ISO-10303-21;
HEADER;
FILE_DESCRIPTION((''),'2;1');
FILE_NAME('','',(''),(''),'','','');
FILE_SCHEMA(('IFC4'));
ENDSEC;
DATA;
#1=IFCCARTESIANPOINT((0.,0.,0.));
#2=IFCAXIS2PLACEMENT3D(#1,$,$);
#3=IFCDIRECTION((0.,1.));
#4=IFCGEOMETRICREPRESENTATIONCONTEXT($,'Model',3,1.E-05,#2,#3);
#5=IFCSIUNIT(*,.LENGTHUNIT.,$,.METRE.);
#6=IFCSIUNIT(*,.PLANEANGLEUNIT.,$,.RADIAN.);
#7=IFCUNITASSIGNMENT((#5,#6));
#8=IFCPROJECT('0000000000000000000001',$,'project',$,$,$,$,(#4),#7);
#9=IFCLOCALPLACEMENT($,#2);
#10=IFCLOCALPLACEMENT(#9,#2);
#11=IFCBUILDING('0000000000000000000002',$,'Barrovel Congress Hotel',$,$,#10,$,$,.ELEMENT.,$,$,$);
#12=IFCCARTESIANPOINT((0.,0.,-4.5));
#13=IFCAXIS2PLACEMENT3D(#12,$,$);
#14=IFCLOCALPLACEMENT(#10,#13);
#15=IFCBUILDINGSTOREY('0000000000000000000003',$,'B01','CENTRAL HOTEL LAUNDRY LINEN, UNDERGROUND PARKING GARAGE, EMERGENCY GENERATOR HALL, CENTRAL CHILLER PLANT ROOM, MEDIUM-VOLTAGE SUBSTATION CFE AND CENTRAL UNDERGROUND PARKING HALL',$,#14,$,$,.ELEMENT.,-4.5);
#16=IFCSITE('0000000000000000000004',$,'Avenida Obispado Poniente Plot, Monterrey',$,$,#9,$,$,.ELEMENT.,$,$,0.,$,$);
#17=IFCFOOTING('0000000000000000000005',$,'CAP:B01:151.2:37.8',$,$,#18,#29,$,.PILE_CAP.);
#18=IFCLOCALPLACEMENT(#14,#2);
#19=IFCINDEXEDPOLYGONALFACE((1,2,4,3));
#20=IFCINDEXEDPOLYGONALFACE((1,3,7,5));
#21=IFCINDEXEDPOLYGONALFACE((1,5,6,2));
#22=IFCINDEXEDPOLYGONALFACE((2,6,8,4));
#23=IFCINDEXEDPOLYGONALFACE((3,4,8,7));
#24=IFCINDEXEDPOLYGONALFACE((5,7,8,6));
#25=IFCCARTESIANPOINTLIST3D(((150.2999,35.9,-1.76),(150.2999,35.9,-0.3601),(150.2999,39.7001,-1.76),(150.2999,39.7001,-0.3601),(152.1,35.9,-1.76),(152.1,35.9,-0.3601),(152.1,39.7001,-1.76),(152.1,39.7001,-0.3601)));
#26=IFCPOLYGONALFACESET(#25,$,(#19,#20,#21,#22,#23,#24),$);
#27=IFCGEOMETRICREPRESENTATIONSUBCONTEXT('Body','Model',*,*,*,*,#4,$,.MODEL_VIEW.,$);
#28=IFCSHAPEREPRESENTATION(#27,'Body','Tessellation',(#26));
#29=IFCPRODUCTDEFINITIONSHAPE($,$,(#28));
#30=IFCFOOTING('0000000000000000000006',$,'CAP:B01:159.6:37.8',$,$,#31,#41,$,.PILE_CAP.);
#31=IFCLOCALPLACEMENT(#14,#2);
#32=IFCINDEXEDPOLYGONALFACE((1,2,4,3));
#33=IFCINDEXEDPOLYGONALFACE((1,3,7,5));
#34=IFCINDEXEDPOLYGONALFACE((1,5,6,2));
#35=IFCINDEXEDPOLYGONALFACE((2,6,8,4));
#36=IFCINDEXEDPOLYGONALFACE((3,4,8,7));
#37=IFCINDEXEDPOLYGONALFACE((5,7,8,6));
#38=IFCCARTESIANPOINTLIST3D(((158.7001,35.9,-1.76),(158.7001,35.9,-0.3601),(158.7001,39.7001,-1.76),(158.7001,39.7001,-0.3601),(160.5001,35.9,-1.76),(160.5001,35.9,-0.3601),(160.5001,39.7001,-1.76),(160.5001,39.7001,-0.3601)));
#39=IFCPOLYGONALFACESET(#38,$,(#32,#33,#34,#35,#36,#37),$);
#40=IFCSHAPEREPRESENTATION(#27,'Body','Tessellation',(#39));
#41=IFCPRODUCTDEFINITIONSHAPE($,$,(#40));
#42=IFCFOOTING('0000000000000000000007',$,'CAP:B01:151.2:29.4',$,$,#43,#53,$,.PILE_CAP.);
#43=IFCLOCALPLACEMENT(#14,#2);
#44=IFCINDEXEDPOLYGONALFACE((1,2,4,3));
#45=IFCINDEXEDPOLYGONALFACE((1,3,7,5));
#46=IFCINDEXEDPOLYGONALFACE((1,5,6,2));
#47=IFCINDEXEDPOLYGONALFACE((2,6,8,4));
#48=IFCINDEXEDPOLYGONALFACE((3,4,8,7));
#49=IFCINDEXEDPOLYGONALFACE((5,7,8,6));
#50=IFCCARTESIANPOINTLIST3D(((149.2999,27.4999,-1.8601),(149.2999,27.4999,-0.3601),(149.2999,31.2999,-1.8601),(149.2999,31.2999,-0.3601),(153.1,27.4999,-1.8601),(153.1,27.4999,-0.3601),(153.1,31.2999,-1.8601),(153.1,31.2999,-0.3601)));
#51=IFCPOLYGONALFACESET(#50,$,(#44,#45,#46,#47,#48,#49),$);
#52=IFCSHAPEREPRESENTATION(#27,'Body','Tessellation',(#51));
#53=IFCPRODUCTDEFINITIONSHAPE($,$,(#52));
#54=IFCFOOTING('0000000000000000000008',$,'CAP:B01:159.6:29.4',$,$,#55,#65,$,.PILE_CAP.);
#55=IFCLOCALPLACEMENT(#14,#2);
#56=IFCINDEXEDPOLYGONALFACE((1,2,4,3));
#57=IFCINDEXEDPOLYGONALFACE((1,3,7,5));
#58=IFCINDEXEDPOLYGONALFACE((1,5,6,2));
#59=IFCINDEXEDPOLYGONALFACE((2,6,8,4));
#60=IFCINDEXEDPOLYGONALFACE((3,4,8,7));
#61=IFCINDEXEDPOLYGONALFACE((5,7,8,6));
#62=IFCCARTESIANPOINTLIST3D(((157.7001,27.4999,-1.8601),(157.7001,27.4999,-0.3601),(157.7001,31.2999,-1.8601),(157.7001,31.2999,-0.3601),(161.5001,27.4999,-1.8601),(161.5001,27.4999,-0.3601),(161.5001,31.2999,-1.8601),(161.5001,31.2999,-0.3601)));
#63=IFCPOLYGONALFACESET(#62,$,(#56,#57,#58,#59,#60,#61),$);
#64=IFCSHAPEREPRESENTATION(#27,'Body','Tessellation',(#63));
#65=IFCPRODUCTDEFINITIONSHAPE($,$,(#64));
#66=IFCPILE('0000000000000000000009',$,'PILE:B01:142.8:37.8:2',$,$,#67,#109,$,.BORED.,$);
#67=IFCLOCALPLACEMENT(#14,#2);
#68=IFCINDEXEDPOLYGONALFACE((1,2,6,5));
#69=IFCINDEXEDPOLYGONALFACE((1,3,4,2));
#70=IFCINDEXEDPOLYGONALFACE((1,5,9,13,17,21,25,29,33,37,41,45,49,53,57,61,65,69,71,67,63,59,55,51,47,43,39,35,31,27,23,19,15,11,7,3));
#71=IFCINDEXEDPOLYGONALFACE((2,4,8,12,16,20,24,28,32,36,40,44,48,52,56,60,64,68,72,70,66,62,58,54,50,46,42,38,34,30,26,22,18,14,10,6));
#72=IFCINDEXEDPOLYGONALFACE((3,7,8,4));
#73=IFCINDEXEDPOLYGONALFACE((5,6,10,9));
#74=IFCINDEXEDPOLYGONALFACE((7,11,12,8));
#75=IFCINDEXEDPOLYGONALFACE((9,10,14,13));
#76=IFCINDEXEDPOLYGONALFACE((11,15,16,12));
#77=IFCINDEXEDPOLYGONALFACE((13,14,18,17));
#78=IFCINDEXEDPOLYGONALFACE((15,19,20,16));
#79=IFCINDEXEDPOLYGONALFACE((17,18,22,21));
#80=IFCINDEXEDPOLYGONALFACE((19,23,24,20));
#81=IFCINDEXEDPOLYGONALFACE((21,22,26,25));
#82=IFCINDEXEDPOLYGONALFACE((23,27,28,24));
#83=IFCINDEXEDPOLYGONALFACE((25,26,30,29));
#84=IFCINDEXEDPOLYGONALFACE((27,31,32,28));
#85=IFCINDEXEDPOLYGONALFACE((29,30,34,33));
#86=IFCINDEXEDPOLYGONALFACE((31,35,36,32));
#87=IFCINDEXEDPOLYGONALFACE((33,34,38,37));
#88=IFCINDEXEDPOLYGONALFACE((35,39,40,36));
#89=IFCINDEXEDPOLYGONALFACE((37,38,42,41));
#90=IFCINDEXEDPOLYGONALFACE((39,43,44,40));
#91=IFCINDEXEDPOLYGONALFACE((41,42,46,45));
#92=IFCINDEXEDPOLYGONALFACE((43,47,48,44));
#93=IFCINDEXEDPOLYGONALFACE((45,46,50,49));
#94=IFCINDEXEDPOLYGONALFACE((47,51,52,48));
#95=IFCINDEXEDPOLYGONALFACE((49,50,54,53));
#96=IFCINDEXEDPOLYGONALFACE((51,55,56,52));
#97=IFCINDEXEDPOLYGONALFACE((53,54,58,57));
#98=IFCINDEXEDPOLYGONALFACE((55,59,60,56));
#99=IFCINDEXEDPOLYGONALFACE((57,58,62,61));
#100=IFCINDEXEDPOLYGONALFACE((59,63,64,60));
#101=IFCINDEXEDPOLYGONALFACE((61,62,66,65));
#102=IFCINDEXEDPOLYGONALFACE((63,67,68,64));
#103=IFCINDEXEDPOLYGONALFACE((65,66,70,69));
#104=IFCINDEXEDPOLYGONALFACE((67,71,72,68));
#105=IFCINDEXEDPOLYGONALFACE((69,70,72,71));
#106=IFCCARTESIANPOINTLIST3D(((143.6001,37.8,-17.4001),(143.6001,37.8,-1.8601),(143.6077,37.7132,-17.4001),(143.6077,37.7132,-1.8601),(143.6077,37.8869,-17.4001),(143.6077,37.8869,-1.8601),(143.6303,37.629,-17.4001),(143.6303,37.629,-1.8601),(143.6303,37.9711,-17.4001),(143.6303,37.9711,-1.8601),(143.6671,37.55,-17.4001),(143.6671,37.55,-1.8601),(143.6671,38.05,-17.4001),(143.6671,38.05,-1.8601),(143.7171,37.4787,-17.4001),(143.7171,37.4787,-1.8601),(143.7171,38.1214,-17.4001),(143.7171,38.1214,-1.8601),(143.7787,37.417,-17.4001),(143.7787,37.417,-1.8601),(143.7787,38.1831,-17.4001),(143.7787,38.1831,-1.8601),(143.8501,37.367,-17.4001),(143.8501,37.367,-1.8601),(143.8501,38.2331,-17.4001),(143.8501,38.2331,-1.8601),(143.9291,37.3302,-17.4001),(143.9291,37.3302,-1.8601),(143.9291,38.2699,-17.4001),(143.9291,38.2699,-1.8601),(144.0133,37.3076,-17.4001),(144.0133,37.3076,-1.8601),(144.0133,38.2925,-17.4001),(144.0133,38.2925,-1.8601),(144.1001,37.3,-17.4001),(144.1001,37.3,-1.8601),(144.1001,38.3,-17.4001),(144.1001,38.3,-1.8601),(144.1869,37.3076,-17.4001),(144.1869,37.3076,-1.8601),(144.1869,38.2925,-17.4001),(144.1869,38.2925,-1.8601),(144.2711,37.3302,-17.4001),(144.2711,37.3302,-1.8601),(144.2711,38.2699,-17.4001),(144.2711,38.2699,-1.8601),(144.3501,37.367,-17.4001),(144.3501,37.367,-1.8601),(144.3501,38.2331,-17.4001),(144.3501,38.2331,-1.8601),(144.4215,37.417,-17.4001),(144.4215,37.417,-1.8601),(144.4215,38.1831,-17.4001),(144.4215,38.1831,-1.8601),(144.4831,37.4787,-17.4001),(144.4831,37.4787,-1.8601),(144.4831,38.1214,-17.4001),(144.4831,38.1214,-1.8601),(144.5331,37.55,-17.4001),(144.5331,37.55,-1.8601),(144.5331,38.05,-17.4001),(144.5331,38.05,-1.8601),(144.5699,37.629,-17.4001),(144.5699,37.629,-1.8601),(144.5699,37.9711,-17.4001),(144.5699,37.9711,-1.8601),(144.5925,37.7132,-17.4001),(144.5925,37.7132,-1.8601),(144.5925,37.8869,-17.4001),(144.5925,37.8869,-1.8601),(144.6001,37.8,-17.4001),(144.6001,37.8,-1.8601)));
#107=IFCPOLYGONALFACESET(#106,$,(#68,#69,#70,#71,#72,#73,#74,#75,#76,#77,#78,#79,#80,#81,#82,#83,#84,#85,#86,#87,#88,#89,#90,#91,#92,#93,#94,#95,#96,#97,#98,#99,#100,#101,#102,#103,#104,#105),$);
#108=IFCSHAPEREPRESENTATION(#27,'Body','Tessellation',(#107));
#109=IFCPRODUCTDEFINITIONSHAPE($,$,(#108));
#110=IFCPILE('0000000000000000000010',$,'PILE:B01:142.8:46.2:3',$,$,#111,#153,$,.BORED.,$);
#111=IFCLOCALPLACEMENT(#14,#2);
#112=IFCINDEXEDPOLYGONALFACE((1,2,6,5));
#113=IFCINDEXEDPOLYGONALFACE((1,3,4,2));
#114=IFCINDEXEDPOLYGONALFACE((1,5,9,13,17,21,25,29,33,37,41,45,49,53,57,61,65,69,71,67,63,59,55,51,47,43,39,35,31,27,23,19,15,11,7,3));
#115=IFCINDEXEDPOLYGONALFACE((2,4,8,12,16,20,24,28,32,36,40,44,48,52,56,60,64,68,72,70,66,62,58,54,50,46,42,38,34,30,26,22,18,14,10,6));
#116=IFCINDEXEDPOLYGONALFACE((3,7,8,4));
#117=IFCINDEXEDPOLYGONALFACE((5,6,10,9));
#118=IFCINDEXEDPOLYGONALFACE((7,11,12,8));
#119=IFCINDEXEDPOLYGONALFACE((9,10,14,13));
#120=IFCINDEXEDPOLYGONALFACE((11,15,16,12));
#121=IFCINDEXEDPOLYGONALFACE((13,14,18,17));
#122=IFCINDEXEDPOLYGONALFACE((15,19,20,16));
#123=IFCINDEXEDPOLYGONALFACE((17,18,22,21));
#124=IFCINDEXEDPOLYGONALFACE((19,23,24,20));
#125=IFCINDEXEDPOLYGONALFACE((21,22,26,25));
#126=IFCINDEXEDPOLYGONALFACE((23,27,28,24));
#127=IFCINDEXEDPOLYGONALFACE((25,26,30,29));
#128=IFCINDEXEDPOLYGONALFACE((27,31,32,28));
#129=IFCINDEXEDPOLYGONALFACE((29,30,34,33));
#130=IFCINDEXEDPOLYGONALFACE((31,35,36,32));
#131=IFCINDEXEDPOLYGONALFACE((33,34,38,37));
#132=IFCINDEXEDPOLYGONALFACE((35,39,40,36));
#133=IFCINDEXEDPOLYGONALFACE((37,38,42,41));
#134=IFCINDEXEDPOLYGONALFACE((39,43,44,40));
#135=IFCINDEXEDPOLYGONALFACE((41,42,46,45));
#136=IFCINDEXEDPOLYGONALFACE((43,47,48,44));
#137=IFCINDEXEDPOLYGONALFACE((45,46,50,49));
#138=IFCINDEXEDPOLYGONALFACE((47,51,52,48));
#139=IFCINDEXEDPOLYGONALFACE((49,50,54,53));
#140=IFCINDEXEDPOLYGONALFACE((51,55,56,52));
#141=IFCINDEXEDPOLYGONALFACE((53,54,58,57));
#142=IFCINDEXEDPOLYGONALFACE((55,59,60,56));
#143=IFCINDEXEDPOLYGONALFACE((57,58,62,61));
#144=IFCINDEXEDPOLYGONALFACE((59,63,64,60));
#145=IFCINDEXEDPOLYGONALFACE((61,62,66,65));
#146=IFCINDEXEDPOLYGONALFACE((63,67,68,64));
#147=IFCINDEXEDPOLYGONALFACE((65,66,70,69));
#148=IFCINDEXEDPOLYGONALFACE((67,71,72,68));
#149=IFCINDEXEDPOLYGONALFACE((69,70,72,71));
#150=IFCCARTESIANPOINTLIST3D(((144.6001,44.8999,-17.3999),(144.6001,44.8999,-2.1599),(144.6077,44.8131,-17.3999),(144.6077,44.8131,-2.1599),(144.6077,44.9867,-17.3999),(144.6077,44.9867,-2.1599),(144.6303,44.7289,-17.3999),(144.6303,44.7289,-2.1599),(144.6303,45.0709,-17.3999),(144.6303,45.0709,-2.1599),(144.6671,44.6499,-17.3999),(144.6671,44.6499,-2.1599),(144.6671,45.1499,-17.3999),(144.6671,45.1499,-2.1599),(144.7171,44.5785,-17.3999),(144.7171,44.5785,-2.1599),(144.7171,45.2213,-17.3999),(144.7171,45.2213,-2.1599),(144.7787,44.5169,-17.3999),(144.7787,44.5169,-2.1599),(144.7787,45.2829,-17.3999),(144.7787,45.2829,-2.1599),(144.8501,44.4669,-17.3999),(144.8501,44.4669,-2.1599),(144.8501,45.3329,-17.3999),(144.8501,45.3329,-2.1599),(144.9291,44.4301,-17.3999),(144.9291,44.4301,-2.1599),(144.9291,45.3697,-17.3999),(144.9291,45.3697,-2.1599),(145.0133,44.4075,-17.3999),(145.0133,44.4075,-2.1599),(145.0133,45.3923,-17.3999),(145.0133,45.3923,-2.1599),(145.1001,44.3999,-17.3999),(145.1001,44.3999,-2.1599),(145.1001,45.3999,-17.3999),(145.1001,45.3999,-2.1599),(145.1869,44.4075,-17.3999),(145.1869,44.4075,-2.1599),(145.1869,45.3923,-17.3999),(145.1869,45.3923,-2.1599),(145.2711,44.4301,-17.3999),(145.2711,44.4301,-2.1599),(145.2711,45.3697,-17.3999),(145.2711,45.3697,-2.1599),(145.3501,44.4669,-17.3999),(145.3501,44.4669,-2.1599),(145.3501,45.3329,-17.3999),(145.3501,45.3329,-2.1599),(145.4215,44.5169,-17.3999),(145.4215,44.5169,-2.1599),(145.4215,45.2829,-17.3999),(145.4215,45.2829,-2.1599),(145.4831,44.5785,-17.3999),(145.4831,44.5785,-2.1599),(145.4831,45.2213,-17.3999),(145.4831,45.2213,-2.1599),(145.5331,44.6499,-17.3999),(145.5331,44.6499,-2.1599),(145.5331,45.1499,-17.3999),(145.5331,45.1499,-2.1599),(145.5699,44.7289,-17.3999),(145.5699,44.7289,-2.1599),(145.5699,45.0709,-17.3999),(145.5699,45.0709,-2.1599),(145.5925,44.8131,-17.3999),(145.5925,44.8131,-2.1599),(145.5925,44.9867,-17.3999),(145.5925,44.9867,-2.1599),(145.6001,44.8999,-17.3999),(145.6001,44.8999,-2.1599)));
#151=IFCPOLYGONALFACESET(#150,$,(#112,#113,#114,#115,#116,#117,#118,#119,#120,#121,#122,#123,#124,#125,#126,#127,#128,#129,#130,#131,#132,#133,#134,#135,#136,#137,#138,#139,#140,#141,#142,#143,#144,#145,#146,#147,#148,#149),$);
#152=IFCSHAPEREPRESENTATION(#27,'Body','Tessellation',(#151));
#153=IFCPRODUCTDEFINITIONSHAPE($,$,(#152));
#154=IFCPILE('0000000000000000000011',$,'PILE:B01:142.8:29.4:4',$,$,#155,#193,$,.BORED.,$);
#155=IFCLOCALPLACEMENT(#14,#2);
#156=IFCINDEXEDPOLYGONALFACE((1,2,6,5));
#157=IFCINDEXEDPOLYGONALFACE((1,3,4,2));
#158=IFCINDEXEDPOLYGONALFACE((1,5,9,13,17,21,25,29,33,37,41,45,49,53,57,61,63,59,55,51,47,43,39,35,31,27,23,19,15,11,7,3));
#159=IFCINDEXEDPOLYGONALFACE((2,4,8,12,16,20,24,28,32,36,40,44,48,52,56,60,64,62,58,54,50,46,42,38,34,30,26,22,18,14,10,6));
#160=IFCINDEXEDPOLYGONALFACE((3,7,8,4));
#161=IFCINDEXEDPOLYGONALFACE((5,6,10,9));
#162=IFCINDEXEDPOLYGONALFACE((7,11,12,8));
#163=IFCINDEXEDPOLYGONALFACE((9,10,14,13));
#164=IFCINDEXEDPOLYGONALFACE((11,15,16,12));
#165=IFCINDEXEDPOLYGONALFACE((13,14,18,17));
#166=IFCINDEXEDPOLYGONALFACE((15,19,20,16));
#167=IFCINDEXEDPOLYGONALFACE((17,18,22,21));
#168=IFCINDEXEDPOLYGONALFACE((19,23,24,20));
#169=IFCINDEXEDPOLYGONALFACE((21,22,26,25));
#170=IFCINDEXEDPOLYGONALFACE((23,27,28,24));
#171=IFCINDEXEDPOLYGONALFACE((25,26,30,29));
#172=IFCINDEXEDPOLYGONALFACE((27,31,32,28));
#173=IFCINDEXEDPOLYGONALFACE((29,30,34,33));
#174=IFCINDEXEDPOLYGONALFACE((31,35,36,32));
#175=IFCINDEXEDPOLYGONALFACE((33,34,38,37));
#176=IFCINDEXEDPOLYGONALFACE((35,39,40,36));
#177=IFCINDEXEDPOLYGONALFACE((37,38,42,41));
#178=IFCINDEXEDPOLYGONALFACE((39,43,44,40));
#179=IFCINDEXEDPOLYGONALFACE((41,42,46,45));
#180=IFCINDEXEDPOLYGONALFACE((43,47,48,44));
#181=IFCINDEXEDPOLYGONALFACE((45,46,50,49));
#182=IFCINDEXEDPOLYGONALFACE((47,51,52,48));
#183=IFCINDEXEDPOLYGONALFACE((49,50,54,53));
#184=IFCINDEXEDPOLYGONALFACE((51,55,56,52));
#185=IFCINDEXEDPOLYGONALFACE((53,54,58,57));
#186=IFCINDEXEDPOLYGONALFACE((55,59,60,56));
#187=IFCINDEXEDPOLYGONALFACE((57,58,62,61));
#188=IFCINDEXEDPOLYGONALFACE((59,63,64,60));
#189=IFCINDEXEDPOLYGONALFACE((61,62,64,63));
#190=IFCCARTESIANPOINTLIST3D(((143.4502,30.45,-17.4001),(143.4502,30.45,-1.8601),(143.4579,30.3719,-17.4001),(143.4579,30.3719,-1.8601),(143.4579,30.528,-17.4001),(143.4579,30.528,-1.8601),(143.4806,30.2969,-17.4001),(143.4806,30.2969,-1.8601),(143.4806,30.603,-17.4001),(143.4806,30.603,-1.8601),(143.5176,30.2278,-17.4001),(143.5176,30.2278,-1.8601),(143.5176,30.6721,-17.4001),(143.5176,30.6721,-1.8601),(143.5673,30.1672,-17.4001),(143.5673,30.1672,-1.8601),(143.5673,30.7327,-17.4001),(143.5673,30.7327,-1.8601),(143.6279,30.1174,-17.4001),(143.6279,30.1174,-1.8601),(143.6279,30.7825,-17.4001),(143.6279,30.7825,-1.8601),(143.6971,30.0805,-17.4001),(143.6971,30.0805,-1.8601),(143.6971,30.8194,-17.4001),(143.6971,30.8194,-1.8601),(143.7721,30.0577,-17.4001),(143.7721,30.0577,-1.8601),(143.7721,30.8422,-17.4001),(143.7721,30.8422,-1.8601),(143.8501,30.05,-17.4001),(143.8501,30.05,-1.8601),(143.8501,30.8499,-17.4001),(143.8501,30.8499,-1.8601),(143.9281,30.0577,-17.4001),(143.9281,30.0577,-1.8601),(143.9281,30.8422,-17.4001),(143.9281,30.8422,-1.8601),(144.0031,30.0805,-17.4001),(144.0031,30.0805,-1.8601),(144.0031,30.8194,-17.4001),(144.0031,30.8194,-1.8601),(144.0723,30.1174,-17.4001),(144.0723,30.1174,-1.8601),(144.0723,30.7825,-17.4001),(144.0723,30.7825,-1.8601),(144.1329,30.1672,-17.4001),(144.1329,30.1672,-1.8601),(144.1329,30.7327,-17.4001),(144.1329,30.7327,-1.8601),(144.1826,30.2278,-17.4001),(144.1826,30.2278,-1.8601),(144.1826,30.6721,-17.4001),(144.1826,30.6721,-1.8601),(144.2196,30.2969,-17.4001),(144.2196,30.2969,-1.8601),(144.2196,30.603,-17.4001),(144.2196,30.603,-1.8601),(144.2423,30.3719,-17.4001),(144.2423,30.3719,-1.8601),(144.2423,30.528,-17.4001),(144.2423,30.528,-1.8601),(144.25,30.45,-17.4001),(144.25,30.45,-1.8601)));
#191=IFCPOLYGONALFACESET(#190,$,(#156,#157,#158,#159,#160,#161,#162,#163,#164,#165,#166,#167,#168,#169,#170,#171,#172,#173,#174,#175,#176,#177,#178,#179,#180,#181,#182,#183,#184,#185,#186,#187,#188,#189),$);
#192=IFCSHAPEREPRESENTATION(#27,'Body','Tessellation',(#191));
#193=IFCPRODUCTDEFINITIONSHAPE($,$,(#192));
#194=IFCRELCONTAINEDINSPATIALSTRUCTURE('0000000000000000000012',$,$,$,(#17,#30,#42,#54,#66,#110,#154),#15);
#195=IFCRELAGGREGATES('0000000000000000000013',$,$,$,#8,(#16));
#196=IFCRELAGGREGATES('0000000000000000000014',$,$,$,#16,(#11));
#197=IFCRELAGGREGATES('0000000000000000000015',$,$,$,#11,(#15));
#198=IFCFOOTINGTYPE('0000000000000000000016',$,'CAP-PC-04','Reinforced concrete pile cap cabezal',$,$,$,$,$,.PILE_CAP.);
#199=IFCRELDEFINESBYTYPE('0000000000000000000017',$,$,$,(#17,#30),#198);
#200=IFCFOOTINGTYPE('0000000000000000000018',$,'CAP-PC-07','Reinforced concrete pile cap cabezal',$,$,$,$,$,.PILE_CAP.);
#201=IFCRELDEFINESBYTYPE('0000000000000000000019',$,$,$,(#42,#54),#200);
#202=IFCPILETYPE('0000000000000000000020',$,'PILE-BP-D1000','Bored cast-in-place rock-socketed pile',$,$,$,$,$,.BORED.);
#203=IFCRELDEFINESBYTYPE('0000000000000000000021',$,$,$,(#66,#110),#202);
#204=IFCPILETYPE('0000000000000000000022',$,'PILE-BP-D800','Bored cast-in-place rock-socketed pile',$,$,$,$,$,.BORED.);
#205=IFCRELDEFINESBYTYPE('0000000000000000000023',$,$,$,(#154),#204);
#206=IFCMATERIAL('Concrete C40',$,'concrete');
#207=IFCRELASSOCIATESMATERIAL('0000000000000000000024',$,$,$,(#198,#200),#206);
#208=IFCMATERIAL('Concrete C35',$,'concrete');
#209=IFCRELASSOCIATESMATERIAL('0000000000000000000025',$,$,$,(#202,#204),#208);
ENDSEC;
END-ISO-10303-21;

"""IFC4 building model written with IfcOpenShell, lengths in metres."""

from ifc_helpers import new_model, si_unit, direction, frame, origin, origin_2d, place, context, subcontext, project, spatial, rectangle, circle, extrude, material, material_profile, profile_set, type_object, element, save


model = new_model("IFC4")

# Units and contexts
model_context = context("Model", 3, precision=1e-05, world=origin(), true_north=direction((0.0, 1.0)))
body_context = subcontext(model_context, "Body", "Model", "MODEL_VIEW")
ifc_project = project(units=[si_unit("LENGTHUNIT", "METRE"), si_unit("PLANEANGLEUNIT", "RADIAN")], contexts=[model_context])

# Site, building, storey
site_placement = place(None, origin())
site = spatial("IfcSite", under=ifc_project, at=site_placement, Name="Avenida Obispado Poniente Plot, Monterrey", CompositionType="ELEMENT", RefElevation=0.0)
building_placement = place(site_placement, origin())
building = spatial("IfcBuilding", under=site, at=building_placement, Name="Barrovel Congress Hotel", CompositionType="ELEMENT")
storey_placement = place(building_placement, frame((0.0, 0.0, -4.5)))
storey = spatial("IfcBuildingStorey", under=building, at=storey_placement, Name="B01", Description="CENTRAL HOTEL LAUNDRY LINEN, UNDERGROUND PARKING GARAGE, EMERGENCY GENERATOR HALL, CENTRAL CHILLER PLANT ROOM, MEDIUM-VOLTAGE SUBSTATION CFE AND CENTRAL UNDERGROUND PARKING HALL", CompositionType="ELEMENT", Elevation=-4.5)

# Footings
ifc_material_1 = material(Name="Concrete C40", Category="concrete")
footing_type_1 = type_object("IfcFootingType", Name="CAP-PC-04", Description="Reinforced concrete pile cap cabezal", PredefinedType="PILE_CAP", material=ifc_material_1)
for number, where, z_axis, x_axis, name in (
    (1, (151.2, 37.8, -1.76), (0.0, 0.0, 1.0), (1.0, 0.0, 0.0), "CAP:B01:151.2:37.8"),
    (2, (159.6001, 37.8, -1.76), (0.0, 0.0, 1.0), (1.0, 0.0, 0.0), "CAP:B01:159.6:37.8"),
):
    element("IfcFooting", number, at=place(storey_placement, frame(where, z_axis=z_axis, x_axis=x_axis)), inside=storey, type_object=footing_type_1, Name=name, PredefinedType="PILE_CAP", context=body_context, shape_type="SweptSolid", body=[
        extrude(rectangle(XDim=1.8, YDim=3.8, at=origin_2d()), origin(), (0.0, 0.0, 1.0), 1.3999),
    ])
footing_type_2 = type_object("IfcFootingType", Name="CAP-PC-07", Description="Reinforced concrete pile cap cabezal", PredefinedType="PILE_CAP", material=ifc_material_1)
for number, where, z_axis, x_axis, name in (
    (3, (151.2, 29.3999, -1.8601), (0.0, 0.0, 1.0), (1.0, 0.0, 0.0), "CAP:B01:151.2:29.4"),
    (4, (159.6001, 29.3999, -1.8601), (0.0, 0.0, 1.0), (1.0, 0.0, 0.0), "CAP:B01:159.6:29.4"),
):
    element("IfcFooting", number, at=place(storey_placement, frame(where, z_axis=z_axis, x_axis=x_axis)), inside=storey, type_object=footing_type_2, Name=name, PredefinedType="PILE_CAP", context=body_context, shape_type="SweptSolid", body=[
        extrude(rectangle(XDim=3.8, YDim=3.8, at=origin_2d()), origin(), (0.0, 0.0, 1.0), 1.5),
    ])

# Piles
ifc_material_2 = material(Name="Concrete C35", Category="concrete")
ifc_material_profile_1 = material_profile(ifc_material_2, circle(Radius=0.5, at=origin_2d()), Name="BP-D1000")
ifc_profile_set_1 = profile_set([ifc_material_profile_1], Name="Concrete C35")
pile_type_1 = type_object("IfcPileType", Name="PILE-BP-D1000", Description="Bored cast-in-place rock-socketed pile", PredefinedType="BORED", material=ifc_profile_set_1)
pile_1_placement = place(storey_placement, frame((144.1001, 37.8, -1.8601), z_axis=(0.0, 0.0, -1.0), x_axis=(1.0, 0.0, 0.0)))
element("IfcPile", 5, at=pile_1_placement, inside=storey, type_object=pile_type_1, Name="PILE:B01:142.8:37.8:2", PredefinedType="BORED", context=body_context, shape_type="SweptSolid", body=[
    extrude(circle(Radius=0.5, at=origin_2d()), origin(), (0.0, 0.0, 1.0), 15.54),
])
pile_2_placement = place(storey_placement, frame((145.1001, 44.8999, -2.1599), z_axis=(0.0, 0.0, -1.0), x_axis=(1.0, 0.0, 0.0)))
element("IfcPile", 6, at=pile_2_placement, inside=storey, type_object=pile_type_1, Name="PILE:B01:142.8:46.2:3", PredefinedType="BORED", context=body_context, shape_type="SweptSolid", body=[
    extrude(circle(Radius=0.5, at=origin_2d()), origin(), (0.0, 0.0, 1.0), 15.24),
])
ifc_material_profile_2 = material_profile(ifc_material_2, circle(Radius=0.3999, at=origin_2d()), Name="BP-D800")
ifc_profile_set_2 = profile_set([ifc_material_profile_2], Name="Concrete C35")
pile_type_2 = type_object("IfcPileType", Name="PILE-BP-D800", Description="Bored cast-in-place rock-socketed pile", PredefinedType="BORED", material=ifc_profile_set_2)
for number, where, z_axis, x_axis, name in (
    (7, (143.8501, 30.45, -1.8601), (0.0, 0.0, -1.0), (1.0, 0.0, 0.0), "PILE:B01:142.8:29.4:4"),
):
    element("IfcPile", number, at=place(storey_placement, frame(where, z_axis=z_axis, x_axis=x_axis)), inside=storey, type_object=pile_type_2, Name=name, PredefinedType="BORED", context=body_context, shape_type="SweptSolid", body=[
        extrude(circle(Radius=0.3999, at=origin_2d()), origin(), (0.0, 0.0, 1.0), 15.54),
    ])

save(model, "model.ifc")
